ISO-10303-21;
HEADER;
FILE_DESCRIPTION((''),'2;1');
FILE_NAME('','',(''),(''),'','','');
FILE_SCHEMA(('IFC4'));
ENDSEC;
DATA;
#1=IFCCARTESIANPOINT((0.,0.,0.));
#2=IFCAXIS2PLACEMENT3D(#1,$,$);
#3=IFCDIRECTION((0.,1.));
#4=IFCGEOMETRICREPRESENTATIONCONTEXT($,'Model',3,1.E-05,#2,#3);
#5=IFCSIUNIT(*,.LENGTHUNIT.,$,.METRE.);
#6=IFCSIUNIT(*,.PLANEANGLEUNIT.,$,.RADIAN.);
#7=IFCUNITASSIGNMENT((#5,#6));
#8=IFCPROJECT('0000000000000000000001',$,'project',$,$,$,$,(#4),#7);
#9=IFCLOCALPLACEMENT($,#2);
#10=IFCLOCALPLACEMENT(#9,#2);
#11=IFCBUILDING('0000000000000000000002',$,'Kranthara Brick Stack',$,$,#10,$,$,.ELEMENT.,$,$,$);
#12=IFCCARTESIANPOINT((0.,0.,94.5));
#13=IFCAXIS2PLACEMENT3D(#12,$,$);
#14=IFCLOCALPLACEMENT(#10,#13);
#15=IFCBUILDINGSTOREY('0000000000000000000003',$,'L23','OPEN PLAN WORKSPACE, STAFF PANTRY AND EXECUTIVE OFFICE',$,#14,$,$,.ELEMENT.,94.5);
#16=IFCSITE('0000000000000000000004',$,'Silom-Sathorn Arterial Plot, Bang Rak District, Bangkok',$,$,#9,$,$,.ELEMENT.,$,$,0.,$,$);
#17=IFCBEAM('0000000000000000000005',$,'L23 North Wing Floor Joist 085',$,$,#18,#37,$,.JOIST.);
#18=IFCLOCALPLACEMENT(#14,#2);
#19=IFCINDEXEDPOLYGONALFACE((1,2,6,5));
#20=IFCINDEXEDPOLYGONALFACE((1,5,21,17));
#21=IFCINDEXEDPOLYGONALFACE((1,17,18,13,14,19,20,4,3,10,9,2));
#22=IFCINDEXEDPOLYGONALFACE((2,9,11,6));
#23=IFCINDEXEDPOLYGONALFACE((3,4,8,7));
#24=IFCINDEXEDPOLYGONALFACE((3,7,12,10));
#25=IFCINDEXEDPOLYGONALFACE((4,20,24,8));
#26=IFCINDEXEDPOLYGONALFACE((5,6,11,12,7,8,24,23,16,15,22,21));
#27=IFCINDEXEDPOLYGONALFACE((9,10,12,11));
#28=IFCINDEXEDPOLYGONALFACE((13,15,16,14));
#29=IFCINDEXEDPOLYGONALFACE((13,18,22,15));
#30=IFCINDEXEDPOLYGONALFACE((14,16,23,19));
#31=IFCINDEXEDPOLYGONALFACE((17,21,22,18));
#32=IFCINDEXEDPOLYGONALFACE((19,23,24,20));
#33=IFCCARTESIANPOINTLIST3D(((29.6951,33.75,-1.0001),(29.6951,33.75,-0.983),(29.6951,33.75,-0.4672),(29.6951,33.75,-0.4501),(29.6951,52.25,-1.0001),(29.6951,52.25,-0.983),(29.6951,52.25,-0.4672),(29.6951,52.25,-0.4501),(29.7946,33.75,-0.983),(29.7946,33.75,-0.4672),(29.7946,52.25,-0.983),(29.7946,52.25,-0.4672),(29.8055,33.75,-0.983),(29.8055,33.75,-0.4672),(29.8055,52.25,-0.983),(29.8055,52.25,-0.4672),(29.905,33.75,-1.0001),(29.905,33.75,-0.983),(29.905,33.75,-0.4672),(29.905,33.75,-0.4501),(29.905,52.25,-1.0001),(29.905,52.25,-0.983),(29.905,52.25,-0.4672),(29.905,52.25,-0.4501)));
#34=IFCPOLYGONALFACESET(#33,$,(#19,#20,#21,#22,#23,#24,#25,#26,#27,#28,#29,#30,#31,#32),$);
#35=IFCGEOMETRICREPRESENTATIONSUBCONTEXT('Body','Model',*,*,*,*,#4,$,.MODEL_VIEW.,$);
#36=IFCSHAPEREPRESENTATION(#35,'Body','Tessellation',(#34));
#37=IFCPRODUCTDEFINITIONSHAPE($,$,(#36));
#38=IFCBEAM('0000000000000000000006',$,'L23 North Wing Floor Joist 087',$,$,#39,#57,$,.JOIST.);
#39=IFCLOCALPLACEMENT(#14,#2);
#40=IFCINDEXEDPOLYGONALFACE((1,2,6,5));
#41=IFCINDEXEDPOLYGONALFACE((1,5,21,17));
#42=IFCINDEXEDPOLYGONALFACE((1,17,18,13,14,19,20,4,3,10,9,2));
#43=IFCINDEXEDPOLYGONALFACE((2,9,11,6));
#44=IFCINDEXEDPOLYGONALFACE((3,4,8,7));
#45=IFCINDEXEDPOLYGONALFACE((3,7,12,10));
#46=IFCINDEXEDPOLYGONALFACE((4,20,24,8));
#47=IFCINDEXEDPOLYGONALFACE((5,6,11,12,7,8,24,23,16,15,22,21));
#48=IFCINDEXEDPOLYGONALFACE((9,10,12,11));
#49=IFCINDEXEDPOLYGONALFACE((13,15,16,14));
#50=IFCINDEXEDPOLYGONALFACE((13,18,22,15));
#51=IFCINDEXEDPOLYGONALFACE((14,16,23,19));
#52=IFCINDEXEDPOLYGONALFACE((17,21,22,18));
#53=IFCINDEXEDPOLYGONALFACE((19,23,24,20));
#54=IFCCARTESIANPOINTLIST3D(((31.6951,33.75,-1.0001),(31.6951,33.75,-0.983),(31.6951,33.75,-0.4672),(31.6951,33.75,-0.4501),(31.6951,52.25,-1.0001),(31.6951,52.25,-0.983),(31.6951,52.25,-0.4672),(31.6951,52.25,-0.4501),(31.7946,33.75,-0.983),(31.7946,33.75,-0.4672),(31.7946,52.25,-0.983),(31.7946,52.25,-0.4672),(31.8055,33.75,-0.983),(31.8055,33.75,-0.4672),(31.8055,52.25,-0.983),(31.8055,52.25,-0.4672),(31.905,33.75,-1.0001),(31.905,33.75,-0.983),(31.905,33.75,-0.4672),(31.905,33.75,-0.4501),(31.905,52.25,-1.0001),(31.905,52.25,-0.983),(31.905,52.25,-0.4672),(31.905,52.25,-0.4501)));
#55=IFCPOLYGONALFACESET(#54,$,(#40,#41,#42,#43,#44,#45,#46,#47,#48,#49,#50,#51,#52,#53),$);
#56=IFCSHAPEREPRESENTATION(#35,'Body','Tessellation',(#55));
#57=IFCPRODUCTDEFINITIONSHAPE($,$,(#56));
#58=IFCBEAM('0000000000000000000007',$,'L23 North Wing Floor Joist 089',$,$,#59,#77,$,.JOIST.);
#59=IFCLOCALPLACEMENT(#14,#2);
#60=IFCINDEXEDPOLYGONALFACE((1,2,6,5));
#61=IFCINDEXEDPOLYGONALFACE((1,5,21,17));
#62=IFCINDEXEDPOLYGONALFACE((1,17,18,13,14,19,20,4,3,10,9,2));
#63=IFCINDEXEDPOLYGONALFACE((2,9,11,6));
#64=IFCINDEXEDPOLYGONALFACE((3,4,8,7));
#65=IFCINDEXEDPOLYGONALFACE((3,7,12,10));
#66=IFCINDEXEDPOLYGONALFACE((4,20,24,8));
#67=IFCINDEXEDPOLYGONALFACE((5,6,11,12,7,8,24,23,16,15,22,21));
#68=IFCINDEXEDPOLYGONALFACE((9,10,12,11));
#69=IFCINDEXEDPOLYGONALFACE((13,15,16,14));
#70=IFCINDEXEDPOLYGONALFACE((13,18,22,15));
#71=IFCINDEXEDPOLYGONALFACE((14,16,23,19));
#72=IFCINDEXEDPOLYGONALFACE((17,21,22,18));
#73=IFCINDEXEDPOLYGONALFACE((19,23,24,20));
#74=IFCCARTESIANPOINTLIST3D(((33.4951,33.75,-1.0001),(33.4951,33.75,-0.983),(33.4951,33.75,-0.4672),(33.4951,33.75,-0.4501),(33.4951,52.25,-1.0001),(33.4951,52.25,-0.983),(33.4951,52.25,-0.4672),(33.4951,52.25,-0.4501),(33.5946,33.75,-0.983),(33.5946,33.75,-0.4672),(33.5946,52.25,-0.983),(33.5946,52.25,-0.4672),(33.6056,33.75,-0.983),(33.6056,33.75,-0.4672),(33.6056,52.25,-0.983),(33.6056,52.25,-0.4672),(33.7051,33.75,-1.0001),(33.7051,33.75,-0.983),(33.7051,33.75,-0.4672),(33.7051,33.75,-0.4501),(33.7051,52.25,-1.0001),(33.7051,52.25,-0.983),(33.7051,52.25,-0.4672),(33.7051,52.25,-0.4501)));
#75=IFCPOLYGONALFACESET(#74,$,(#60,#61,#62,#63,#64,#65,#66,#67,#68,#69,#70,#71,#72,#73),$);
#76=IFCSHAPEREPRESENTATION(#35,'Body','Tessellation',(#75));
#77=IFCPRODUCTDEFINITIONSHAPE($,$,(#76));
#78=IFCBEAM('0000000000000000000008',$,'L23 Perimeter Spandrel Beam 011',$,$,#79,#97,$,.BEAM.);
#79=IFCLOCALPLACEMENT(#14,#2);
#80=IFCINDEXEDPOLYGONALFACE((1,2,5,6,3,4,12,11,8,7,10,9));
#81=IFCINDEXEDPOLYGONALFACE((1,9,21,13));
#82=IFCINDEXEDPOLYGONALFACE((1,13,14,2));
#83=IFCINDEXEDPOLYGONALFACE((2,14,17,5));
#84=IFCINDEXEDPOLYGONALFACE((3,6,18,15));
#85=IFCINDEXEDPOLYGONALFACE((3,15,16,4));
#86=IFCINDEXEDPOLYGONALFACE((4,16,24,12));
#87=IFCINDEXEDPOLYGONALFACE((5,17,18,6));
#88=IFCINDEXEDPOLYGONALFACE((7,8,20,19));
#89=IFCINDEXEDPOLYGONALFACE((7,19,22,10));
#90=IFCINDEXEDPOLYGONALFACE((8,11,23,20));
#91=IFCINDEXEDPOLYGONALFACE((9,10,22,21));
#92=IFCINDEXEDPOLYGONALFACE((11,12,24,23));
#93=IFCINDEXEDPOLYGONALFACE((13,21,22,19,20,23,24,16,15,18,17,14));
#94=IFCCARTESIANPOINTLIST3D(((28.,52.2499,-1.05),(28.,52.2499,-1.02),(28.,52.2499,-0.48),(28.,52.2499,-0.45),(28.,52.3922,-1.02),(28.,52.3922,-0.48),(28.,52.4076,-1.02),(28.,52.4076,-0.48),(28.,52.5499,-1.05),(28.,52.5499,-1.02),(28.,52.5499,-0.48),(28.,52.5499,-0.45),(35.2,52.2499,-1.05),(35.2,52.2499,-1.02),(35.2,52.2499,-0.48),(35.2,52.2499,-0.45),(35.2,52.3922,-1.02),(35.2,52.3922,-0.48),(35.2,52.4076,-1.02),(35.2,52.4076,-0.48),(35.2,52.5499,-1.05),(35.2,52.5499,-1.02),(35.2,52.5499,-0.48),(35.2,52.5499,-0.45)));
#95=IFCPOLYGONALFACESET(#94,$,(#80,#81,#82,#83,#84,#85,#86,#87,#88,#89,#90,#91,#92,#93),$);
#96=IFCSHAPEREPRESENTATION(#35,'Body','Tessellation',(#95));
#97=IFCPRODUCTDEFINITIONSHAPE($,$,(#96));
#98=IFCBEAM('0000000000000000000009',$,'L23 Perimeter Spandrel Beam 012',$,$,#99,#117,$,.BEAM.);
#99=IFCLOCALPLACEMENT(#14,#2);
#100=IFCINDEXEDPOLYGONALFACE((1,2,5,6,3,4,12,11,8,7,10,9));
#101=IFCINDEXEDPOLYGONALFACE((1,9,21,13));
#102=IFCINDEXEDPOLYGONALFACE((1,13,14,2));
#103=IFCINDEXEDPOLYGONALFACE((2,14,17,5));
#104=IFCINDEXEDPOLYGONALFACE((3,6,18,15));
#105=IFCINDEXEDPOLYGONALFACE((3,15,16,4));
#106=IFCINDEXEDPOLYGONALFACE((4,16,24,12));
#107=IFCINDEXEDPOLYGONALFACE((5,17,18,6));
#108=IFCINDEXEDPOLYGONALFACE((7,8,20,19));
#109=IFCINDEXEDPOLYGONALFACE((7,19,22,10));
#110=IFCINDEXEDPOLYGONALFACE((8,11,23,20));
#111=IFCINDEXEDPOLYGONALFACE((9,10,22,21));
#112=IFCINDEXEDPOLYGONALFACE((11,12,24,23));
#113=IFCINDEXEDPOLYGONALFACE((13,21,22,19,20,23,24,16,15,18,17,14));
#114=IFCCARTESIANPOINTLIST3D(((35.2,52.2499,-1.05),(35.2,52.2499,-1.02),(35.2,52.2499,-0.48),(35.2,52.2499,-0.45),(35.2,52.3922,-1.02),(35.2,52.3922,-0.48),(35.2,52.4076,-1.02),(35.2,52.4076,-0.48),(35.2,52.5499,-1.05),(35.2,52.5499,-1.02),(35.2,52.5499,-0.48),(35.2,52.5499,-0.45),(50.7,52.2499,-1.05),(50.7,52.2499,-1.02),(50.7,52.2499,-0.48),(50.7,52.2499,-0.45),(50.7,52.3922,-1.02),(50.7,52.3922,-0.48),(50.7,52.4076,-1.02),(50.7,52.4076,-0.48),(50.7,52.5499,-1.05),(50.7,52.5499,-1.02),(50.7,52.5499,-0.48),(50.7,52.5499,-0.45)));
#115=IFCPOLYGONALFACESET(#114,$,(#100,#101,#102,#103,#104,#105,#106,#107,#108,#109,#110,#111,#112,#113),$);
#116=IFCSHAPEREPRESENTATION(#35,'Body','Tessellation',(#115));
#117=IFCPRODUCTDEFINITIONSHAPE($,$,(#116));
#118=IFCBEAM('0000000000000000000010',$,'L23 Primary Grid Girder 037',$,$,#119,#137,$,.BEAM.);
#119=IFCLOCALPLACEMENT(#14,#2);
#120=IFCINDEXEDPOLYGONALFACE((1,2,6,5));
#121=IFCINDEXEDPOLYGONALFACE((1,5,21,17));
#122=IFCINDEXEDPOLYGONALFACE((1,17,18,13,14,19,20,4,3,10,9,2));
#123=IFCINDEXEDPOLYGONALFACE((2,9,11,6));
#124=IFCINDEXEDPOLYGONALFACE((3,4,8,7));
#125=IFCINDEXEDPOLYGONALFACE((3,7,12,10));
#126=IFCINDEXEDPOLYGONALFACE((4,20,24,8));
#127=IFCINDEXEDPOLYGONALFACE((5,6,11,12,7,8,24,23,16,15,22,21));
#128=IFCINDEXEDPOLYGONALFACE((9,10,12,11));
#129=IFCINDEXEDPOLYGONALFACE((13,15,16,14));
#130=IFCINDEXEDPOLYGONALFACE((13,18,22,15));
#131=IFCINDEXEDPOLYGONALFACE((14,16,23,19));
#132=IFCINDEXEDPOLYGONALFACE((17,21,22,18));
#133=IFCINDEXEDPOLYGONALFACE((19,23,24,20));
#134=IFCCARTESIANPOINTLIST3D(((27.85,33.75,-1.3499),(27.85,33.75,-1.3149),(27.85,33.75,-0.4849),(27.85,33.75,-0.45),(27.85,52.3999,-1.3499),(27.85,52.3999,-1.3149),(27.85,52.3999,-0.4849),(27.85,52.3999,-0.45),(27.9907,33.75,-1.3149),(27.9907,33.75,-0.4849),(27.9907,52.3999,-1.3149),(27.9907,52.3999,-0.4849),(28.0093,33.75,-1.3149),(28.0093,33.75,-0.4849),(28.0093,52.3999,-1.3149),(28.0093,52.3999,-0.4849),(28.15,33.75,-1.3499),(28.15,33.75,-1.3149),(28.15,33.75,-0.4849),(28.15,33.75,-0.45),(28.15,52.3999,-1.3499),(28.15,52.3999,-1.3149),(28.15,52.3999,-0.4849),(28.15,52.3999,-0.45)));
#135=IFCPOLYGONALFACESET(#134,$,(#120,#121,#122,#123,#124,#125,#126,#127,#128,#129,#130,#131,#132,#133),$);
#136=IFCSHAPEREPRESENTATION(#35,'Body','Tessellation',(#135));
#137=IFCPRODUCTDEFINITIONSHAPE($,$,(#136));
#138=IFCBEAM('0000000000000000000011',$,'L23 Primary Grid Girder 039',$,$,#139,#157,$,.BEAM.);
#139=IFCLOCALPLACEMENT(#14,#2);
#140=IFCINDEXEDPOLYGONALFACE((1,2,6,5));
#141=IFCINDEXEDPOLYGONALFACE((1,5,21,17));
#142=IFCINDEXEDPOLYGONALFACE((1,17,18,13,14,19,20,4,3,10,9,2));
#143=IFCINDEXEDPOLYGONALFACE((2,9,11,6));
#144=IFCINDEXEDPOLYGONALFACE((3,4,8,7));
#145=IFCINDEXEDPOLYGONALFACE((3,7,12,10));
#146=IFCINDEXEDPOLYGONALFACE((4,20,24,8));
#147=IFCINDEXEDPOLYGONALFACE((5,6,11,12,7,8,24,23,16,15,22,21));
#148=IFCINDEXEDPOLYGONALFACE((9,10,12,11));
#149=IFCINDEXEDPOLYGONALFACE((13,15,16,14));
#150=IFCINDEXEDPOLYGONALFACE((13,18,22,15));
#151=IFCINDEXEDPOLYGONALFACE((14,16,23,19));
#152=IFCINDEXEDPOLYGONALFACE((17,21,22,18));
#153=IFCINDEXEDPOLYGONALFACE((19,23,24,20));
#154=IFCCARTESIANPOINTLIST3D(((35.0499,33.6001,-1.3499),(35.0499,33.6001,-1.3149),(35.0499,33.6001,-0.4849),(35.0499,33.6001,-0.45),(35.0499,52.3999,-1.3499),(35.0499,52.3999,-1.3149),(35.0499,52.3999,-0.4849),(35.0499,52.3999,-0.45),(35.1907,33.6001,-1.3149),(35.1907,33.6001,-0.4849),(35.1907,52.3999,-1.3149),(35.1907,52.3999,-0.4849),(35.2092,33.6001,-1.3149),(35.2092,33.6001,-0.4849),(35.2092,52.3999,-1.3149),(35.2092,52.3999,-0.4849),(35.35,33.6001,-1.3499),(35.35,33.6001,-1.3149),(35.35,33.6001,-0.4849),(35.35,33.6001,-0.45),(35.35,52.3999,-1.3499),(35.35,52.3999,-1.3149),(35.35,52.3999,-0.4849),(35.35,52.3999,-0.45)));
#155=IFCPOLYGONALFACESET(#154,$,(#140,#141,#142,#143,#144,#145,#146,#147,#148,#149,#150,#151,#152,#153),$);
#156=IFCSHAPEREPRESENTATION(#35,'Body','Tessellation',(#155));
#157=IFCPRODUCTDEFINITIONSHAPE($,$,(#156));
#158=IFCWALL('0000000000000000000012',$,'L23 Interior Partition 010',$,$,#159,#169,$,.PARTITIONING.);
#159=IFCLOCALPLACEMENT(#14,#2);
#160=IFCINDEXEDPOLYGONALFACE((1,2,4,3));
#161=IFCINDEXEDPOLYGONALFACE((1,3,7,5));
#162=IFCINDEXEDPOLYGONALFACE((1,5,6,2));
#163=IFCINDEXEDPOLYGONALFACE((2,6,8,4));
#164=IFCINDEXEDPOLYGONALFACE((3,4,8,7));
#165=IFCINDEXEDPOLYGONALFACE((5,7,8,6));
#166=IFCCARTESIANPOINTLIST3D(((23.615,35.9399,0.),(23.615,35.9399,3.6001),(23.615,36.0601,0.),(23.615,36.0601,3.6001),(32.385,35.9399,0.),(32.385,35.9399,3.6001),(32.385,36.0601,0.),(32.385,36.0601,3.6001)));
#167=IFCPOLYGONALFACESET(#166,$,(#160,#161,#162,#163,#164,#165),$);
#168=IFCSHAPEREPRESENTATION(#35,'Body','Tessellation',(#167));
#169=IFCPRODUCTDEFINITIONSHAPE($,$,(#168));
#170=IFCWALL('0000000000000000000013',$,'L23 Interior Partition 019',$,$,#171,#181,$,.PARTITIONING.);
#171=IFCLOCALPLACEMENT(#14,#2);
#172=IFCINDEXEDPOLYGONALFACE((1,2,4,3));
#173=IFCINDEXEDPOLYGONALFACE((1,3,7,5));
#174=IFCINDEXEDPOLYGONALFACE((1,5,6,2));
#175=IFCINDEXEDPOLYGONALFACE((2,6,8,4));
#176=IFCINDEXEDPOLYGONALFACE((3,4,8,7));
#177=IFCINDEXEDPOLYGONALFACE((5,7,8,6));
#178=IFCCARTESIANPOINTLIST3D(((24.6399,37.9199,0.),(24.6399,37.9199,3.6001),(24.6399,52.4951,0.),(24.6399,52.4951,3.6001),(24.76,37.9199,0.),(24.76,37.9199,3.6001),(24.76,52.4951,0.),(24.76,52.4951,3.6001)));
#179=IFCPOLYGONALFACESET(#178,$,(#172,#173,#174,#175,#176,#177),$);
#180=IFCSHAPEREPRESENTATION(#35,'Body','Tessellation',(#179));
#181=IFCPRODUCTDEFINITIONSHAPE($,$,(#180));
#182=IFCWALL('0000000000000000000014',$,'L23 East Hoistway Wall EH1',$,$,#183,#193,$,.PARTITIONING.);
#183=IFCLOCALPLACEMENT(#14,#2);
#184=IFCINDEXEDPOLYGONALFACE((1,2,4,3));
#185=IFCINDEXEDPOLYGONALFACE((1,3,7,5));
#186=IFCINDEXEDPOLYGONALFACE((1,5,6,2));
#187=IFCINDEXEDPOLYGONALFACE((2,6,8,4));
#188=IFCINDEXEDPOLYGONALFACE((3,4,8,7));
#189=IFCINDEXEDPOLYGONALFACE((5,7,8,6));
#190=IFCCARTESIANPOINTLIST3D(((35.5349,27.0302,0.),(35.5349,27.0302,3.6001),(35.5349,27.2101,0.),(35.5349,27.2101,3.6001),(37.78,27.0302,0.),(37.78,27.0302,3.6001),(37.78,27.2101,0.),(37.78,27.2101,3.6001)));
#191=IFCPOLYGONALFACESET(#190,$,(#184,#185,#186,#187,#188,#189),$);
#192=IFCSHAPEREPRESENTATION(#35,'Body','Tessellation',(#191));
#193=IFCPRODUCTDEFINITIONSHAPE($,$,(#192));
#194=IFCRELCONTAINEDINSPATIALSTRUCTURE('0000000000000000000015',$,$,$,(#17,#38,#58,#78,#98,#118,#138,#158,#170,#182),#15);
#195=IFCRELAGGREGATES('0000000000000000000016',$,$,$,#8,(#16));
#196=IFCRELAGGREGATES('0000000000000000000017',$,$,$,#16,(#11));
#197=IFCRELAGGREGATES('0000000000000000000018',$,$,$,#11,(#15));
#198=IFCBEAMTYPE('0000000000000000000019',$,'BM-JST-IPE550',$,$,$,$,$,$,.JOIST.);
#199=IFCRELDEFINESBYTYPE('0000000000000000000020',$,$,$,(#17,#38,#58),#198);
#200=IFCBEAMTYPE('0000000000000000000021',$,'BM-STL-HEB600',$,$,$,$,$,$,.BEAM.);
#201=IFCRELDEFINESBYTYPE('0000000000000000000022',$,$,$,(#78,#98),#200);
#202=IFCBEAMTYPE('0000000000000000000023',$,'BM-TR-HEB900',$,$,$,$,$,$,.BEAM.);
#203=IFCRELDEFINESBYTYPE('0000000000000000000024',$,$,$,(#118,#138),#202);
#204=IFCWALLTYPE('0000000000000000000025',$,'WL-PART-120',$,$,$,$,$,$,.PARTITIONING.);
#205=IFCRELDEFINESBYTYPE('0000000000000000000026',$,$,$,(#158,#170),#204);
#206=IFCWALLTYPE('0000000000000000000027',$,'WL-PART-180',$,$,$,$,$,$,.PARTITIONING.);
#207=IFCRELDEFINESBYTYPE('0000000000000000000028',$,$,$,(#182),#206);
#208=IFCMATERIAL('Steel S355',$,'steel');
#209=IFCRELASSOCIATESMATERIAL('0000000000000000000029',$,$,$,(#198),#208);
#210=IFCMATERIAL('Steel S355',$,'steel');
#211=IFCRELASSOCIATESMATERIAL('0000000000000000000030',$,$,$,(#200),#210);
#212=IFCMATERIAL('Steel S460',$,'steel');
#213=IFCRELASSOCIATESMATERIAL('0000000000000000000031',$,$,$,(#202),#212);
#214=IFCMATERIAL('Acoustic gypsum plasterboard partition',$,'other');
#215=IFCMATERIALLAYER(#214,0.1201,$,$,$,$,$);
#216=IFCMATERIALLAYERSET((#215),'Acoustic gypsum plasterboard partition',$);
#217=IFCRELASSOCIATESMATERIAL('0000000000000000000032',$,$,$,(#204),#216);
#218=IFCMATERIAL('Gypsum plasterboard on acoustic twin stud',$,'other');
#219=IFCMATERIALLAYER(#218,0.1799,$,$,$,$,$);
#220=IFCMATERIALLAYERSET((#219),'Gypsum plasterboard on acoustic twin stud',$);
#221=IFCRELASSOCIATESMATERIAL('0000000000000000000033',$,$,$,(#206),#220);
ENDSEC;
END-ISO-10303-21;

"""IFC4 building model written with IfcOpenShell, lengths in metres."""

from ifc_helpers import new_model, si_unit, direction, frame, frame_2d, origin, origin_2d, place, context, subcontext, project, spatial, rectangle, i_section, extrude, material, layer, layer_set, material_profile, profile_set, type_object, element, save


model = new_model("IFC4")

# Units and contexts
model_context = context("Model", 3, precision=1e-05, world=origin(), true_north=direction((0.0, 1.0)))
body_context = subcontext(model_context, "Body", "Model", "MODEL_VIEW")
ifc_project = project(units=[si_unit("LENGTHUNIT", "METRE"), si_unit("PLANEANGLEUNIT", "RADIAN")], contexts=[model_context])

# Site, building, storey
site_placement = place(None, origin())
site = spatial("IfcSite", under=ifc_project, at=site_placement, Name="Silom-Sathorn Arterial Plot, Bang Rak District, Bangkok", CompositionType="ELEMENT", RefElevation=0.0)
building_placement = place(site_placement, origin())
building = spatial("IfcBuilding", under=site, at=building_placement, Name="Kranthara Brick Stack", CompositionType="ELEMENT")
storey_placement = place(building_placement, frame((0.0, 0.0, 94.5)))
storey = spatial("IfcBuildingStorey", under=building, at=storey_placement, Name="L23", Description="OPEN PLAN WORKSPACE, STAFF PANTRY AND EXECUTIVE OFFICE", CompositionType="ELEMENT", Elevation=94.5)

# Beams
ifc_material_1 = material(Name="Steel S355", Category="steel")
ifc_material_profile_1 = material_profile(ifc_material_1, i_section(OverallWidth=0.21, OverallDepth=0.55, WebThickness=0.011, FlangeThickness=0.0171, at=origin_2d()), Name="IPE 550")
ifc_profile_set_1 = profile_set([ifc_material_profile_1], Name="Steel S355")
beam_type_1 = type_object("IfcBeamType", Name="BM-JST-IPE550", PredefinedType="JOIST", material=ifc_profile_set_1)
for number, where, z_axis, x_axis, name in (
    (1, (29.8, 33.75, -0.7251), (0.0, 1.0, 0.0), (-1.0, 0.0, 0.0), "L23 North Wing Floor Joist 085"),
    (2, (31.8, 33.75, -0.7251), (0.0, 1.0, 0.0), (-1.0, 0.0, 0.0), "L23 North Wing Floor Joist 087"),
    (3, (33.6001, 33.75, -0.7251), (0.0, 1.0, 0.0), (-1.0, 0.0, 0.0), "L23 North Wing Floor Joist 089"),
):
    element("IfcBeam", number, at=place(storey_placement, frame(where, z_axis=z_axis, x_axis=x_axis)), inside=storey, type_object=beam_type_1, Name=name, PredefinedType="JOIST", context=body_context, shape_type="SweptSolid", body=[
        extrude(i_section(OverallWidth=0.21, OverallDepth=0.55, WebThickness=0.011, FlangeThickness=0.0171, at=origin_2d()), origin(), (0.0, 0.0, 1.0), 18.5),
    ])
ifc_material_2 = material(Name="Steel S355", Category="steel")
ifc_material_profile_2 = material_profile(ifc_material_2, i_section(OverallWidth=0.3, OverallDepth=0.6001, WebThickness=0.0154, FlangeThickness=0.03, at=origin_2d()), Name="HEB 600")
ifc_profile_set_2 = profile_set([ifc_material_profile_2], Name="Steel S355")
beam_type_2 = type_object("IfcBeamType", Name="BM-STL-HEB600", PredefinedType="BEAM", material=ifc_profile_set_2)
beam_1_placement = place(storey_placement, frame((28.0, 52.3999, -0.75), z_axis=(1.0, 0.0, 0.0), x_axis=(0.0, 1.0, 0.0)))
element("IfcBeam", 4, at=beam_1_placement, inside=storey, type_object=beam_type_2, Name="L23 Perimeter Spandrel Beam 011", PredefinedType="BEAM", context=body_context, shape_type="SweptSolid", body=[
    extrude(i_section(OverallWidth=0.3, OverallDepth=0.6001, WebThickness=0.0154, FlangeThickness=0.03, at=origin_2d()), origin(), (0.0, 0.0, 1.0), 7.2),
])
beam_2_placement = place(storey_placement, frame((35.2, 52.3999, -0.75), z_axis=(1.0, 0.0, 0.0), x_axis=(0.0, 1.0, 0.0)))
element("IfcBeam", 5, at=beam_2_placement, inside=storey, type_object=beam_type_2, Name="L23 Perimeter Spandrel Beam 012", PredefinedType="BEAM", context=body_context, shape_type="SweptSolid", body=[
    extrude(i_section(OverallWidth=0.3, OverallDepth=0.6001, WebThickness=0.0154, FlangeThickness=0.03, at=origin_2d()), origin(), (0.0, 0.0, 1.0), 15.5),
])
ifc_material_3 = material(Name="Steel S460", Category="steel")
ifc_material_profile_3 = material_profile(ifc_material_3, i_section(OverallWidth=0.3, OverallDepth=0.8999, WebThickness=0.0186, FlangeThickness=0.0349, at=origin_2d()), Name="HEB 900")
ifc_profile_set_3 = profile_set([ifc_material_profile_3], Name="Steel S460")
beam_type_3 = type_object("IfcBeamType", Name="BM-TR-HEB900", PredefinedType="BEAM", material=ifc_profile_set_3)
beam_3_placement = place(storey_placement, frame((28.0, 33.75, -0.8999), z_axis=(0.0, 1.0, 0.0), x_axis=(-1.0, 0.0, 0.0)))
element("IfcBeam", 6, at=beam_3_placement, inside=storey, type_object=beam_type_3, Name="L23 Primary Grid Girder 037", PredefinedType="BEAM", context=body_context, shape_type="SweptSolid", body=[
    extrude(i_section(OverallWidth=0.3, OverallDepth=0.8999, WebThickness=0.0186, FlangeThickness=0.0349, at=origin_2d()), origin(), (0.0, 0.0, 1.0), 18.6499),
])
beam_4_placement = place(storey_placement, frame((35.2, 33.6001, -0.8999), z_axis=(0.0, 1.0, 0.0), x_axis=(-1.0, 0.0, 0.0)))
element("IfcBeam", 7, at=beam_4_placement, inside=storey, type_object=beam_type_3, Name="L23 Primary Grid Girder 039", PredefinedType="BEAM", context=body_context, shape_type="SweptSolid", body=[
    extrude(i_section(OverallWidth=0.3, OverallDepth=0.8999, WebThickness=0.0186, FlangeThickness=0.0349, at=origin_2d()), origin(), (0.0, 0.0, 1.0), 18.7998),
])

# Walls
ifc_material_4 = material(Name="Acoustic gypsum plasterboard partition", Category="other")
ifc_layer_1 = layer(ifc_material_4, 0.1201)
ifc_layer_set_1 = layer_set([ifc_layer_1], Name="Acoustic gypsum plasterboard partition")
wall_type_1 = type_object("IfcWallType", Name="WL-PART-120", PredefinedType="PARTITIONING", material=ifc_layer_set_1)
wall_1_placement = place(storey_placement, frame((23.615, 36.0, 0.0), z_axis=(0.0, 0.0, 1.0), x_axis=(1.0, 0.0, 0.0)))
element("IfcWall", 8, at=wall_1_placement, inside=storey, type_object=wall_type_1, Name="L23 Interior Partition 010", PredefinedType="PARTITIONING", context=body_context, shape_type="SweptSolid", body=[
    extrude(rectangle(XDim=8.77, YDim=0.1201, at=frame_2d((4.385, 0.0))), origin(), (0.0, 0.0, 1.0), 3.6001),
])
wall_2_placement = place(storey_placement, frame((24.7, 37.9199, 0.0), z_axis=(0.0, 0.0, 1.0), x_axis=(0.0, 1.0, 0.0)))
element("IfcWall", 9, at=wall_2_placement, inside=storey, type_object=wall_type_1, Name="L23 Interior Partition 019", PredefinedType="PARTITIONING", context=body_context, shape_type="SweptSolid", body=[
    extrude(rectangle(XDim=14.5752, YDim=0.1201, at=frame_2d((7.2876, 0.0))), origin(), (0.0, 0.0, 1.0), 3.6001),
])
ifc_material_5 = material(Name="Gypsum plasterboard on acoustic twin stud", Category="other")
ifc_layer_2 = layer(ifc_material_5, 0.1799)
ifc_layer_set_2 = layer_set([ifc_layer_2], Name="Gypsum plasterboard on acoustic twin stud")
wall_type_2 = type_object("IfcWallType", Name="WL-PART-180", PredefinedType="PARTITIONING", material=ifc_layer_set_2)
for number, where, z_axis, x_axis, name in (
    (10, (35.5349, 27.1201, 0.0), (0.0, 0.0, 1.0), (1.0, 0.0, 0.0), "L23 East Hoistway Wall EH1"),
):
    element("IfcWall", number, at=place(storey_placement, frame(where, z_axis=z_axis, x_axis=x_axis)), inside=storey, type_object=wall_type_2, Name=name, PredefinedType="PARTITIONING", context=body_context, shape_type="SweptSolid", body=[
        extrude(rectangle(XDim=2.2451, YDim=0.1799, at=frame_2d((1.1226, 0.0))), origin(), (0.0, 0.0, 1.0), 3.6001),
    ])

save(model, "model.ifc")
